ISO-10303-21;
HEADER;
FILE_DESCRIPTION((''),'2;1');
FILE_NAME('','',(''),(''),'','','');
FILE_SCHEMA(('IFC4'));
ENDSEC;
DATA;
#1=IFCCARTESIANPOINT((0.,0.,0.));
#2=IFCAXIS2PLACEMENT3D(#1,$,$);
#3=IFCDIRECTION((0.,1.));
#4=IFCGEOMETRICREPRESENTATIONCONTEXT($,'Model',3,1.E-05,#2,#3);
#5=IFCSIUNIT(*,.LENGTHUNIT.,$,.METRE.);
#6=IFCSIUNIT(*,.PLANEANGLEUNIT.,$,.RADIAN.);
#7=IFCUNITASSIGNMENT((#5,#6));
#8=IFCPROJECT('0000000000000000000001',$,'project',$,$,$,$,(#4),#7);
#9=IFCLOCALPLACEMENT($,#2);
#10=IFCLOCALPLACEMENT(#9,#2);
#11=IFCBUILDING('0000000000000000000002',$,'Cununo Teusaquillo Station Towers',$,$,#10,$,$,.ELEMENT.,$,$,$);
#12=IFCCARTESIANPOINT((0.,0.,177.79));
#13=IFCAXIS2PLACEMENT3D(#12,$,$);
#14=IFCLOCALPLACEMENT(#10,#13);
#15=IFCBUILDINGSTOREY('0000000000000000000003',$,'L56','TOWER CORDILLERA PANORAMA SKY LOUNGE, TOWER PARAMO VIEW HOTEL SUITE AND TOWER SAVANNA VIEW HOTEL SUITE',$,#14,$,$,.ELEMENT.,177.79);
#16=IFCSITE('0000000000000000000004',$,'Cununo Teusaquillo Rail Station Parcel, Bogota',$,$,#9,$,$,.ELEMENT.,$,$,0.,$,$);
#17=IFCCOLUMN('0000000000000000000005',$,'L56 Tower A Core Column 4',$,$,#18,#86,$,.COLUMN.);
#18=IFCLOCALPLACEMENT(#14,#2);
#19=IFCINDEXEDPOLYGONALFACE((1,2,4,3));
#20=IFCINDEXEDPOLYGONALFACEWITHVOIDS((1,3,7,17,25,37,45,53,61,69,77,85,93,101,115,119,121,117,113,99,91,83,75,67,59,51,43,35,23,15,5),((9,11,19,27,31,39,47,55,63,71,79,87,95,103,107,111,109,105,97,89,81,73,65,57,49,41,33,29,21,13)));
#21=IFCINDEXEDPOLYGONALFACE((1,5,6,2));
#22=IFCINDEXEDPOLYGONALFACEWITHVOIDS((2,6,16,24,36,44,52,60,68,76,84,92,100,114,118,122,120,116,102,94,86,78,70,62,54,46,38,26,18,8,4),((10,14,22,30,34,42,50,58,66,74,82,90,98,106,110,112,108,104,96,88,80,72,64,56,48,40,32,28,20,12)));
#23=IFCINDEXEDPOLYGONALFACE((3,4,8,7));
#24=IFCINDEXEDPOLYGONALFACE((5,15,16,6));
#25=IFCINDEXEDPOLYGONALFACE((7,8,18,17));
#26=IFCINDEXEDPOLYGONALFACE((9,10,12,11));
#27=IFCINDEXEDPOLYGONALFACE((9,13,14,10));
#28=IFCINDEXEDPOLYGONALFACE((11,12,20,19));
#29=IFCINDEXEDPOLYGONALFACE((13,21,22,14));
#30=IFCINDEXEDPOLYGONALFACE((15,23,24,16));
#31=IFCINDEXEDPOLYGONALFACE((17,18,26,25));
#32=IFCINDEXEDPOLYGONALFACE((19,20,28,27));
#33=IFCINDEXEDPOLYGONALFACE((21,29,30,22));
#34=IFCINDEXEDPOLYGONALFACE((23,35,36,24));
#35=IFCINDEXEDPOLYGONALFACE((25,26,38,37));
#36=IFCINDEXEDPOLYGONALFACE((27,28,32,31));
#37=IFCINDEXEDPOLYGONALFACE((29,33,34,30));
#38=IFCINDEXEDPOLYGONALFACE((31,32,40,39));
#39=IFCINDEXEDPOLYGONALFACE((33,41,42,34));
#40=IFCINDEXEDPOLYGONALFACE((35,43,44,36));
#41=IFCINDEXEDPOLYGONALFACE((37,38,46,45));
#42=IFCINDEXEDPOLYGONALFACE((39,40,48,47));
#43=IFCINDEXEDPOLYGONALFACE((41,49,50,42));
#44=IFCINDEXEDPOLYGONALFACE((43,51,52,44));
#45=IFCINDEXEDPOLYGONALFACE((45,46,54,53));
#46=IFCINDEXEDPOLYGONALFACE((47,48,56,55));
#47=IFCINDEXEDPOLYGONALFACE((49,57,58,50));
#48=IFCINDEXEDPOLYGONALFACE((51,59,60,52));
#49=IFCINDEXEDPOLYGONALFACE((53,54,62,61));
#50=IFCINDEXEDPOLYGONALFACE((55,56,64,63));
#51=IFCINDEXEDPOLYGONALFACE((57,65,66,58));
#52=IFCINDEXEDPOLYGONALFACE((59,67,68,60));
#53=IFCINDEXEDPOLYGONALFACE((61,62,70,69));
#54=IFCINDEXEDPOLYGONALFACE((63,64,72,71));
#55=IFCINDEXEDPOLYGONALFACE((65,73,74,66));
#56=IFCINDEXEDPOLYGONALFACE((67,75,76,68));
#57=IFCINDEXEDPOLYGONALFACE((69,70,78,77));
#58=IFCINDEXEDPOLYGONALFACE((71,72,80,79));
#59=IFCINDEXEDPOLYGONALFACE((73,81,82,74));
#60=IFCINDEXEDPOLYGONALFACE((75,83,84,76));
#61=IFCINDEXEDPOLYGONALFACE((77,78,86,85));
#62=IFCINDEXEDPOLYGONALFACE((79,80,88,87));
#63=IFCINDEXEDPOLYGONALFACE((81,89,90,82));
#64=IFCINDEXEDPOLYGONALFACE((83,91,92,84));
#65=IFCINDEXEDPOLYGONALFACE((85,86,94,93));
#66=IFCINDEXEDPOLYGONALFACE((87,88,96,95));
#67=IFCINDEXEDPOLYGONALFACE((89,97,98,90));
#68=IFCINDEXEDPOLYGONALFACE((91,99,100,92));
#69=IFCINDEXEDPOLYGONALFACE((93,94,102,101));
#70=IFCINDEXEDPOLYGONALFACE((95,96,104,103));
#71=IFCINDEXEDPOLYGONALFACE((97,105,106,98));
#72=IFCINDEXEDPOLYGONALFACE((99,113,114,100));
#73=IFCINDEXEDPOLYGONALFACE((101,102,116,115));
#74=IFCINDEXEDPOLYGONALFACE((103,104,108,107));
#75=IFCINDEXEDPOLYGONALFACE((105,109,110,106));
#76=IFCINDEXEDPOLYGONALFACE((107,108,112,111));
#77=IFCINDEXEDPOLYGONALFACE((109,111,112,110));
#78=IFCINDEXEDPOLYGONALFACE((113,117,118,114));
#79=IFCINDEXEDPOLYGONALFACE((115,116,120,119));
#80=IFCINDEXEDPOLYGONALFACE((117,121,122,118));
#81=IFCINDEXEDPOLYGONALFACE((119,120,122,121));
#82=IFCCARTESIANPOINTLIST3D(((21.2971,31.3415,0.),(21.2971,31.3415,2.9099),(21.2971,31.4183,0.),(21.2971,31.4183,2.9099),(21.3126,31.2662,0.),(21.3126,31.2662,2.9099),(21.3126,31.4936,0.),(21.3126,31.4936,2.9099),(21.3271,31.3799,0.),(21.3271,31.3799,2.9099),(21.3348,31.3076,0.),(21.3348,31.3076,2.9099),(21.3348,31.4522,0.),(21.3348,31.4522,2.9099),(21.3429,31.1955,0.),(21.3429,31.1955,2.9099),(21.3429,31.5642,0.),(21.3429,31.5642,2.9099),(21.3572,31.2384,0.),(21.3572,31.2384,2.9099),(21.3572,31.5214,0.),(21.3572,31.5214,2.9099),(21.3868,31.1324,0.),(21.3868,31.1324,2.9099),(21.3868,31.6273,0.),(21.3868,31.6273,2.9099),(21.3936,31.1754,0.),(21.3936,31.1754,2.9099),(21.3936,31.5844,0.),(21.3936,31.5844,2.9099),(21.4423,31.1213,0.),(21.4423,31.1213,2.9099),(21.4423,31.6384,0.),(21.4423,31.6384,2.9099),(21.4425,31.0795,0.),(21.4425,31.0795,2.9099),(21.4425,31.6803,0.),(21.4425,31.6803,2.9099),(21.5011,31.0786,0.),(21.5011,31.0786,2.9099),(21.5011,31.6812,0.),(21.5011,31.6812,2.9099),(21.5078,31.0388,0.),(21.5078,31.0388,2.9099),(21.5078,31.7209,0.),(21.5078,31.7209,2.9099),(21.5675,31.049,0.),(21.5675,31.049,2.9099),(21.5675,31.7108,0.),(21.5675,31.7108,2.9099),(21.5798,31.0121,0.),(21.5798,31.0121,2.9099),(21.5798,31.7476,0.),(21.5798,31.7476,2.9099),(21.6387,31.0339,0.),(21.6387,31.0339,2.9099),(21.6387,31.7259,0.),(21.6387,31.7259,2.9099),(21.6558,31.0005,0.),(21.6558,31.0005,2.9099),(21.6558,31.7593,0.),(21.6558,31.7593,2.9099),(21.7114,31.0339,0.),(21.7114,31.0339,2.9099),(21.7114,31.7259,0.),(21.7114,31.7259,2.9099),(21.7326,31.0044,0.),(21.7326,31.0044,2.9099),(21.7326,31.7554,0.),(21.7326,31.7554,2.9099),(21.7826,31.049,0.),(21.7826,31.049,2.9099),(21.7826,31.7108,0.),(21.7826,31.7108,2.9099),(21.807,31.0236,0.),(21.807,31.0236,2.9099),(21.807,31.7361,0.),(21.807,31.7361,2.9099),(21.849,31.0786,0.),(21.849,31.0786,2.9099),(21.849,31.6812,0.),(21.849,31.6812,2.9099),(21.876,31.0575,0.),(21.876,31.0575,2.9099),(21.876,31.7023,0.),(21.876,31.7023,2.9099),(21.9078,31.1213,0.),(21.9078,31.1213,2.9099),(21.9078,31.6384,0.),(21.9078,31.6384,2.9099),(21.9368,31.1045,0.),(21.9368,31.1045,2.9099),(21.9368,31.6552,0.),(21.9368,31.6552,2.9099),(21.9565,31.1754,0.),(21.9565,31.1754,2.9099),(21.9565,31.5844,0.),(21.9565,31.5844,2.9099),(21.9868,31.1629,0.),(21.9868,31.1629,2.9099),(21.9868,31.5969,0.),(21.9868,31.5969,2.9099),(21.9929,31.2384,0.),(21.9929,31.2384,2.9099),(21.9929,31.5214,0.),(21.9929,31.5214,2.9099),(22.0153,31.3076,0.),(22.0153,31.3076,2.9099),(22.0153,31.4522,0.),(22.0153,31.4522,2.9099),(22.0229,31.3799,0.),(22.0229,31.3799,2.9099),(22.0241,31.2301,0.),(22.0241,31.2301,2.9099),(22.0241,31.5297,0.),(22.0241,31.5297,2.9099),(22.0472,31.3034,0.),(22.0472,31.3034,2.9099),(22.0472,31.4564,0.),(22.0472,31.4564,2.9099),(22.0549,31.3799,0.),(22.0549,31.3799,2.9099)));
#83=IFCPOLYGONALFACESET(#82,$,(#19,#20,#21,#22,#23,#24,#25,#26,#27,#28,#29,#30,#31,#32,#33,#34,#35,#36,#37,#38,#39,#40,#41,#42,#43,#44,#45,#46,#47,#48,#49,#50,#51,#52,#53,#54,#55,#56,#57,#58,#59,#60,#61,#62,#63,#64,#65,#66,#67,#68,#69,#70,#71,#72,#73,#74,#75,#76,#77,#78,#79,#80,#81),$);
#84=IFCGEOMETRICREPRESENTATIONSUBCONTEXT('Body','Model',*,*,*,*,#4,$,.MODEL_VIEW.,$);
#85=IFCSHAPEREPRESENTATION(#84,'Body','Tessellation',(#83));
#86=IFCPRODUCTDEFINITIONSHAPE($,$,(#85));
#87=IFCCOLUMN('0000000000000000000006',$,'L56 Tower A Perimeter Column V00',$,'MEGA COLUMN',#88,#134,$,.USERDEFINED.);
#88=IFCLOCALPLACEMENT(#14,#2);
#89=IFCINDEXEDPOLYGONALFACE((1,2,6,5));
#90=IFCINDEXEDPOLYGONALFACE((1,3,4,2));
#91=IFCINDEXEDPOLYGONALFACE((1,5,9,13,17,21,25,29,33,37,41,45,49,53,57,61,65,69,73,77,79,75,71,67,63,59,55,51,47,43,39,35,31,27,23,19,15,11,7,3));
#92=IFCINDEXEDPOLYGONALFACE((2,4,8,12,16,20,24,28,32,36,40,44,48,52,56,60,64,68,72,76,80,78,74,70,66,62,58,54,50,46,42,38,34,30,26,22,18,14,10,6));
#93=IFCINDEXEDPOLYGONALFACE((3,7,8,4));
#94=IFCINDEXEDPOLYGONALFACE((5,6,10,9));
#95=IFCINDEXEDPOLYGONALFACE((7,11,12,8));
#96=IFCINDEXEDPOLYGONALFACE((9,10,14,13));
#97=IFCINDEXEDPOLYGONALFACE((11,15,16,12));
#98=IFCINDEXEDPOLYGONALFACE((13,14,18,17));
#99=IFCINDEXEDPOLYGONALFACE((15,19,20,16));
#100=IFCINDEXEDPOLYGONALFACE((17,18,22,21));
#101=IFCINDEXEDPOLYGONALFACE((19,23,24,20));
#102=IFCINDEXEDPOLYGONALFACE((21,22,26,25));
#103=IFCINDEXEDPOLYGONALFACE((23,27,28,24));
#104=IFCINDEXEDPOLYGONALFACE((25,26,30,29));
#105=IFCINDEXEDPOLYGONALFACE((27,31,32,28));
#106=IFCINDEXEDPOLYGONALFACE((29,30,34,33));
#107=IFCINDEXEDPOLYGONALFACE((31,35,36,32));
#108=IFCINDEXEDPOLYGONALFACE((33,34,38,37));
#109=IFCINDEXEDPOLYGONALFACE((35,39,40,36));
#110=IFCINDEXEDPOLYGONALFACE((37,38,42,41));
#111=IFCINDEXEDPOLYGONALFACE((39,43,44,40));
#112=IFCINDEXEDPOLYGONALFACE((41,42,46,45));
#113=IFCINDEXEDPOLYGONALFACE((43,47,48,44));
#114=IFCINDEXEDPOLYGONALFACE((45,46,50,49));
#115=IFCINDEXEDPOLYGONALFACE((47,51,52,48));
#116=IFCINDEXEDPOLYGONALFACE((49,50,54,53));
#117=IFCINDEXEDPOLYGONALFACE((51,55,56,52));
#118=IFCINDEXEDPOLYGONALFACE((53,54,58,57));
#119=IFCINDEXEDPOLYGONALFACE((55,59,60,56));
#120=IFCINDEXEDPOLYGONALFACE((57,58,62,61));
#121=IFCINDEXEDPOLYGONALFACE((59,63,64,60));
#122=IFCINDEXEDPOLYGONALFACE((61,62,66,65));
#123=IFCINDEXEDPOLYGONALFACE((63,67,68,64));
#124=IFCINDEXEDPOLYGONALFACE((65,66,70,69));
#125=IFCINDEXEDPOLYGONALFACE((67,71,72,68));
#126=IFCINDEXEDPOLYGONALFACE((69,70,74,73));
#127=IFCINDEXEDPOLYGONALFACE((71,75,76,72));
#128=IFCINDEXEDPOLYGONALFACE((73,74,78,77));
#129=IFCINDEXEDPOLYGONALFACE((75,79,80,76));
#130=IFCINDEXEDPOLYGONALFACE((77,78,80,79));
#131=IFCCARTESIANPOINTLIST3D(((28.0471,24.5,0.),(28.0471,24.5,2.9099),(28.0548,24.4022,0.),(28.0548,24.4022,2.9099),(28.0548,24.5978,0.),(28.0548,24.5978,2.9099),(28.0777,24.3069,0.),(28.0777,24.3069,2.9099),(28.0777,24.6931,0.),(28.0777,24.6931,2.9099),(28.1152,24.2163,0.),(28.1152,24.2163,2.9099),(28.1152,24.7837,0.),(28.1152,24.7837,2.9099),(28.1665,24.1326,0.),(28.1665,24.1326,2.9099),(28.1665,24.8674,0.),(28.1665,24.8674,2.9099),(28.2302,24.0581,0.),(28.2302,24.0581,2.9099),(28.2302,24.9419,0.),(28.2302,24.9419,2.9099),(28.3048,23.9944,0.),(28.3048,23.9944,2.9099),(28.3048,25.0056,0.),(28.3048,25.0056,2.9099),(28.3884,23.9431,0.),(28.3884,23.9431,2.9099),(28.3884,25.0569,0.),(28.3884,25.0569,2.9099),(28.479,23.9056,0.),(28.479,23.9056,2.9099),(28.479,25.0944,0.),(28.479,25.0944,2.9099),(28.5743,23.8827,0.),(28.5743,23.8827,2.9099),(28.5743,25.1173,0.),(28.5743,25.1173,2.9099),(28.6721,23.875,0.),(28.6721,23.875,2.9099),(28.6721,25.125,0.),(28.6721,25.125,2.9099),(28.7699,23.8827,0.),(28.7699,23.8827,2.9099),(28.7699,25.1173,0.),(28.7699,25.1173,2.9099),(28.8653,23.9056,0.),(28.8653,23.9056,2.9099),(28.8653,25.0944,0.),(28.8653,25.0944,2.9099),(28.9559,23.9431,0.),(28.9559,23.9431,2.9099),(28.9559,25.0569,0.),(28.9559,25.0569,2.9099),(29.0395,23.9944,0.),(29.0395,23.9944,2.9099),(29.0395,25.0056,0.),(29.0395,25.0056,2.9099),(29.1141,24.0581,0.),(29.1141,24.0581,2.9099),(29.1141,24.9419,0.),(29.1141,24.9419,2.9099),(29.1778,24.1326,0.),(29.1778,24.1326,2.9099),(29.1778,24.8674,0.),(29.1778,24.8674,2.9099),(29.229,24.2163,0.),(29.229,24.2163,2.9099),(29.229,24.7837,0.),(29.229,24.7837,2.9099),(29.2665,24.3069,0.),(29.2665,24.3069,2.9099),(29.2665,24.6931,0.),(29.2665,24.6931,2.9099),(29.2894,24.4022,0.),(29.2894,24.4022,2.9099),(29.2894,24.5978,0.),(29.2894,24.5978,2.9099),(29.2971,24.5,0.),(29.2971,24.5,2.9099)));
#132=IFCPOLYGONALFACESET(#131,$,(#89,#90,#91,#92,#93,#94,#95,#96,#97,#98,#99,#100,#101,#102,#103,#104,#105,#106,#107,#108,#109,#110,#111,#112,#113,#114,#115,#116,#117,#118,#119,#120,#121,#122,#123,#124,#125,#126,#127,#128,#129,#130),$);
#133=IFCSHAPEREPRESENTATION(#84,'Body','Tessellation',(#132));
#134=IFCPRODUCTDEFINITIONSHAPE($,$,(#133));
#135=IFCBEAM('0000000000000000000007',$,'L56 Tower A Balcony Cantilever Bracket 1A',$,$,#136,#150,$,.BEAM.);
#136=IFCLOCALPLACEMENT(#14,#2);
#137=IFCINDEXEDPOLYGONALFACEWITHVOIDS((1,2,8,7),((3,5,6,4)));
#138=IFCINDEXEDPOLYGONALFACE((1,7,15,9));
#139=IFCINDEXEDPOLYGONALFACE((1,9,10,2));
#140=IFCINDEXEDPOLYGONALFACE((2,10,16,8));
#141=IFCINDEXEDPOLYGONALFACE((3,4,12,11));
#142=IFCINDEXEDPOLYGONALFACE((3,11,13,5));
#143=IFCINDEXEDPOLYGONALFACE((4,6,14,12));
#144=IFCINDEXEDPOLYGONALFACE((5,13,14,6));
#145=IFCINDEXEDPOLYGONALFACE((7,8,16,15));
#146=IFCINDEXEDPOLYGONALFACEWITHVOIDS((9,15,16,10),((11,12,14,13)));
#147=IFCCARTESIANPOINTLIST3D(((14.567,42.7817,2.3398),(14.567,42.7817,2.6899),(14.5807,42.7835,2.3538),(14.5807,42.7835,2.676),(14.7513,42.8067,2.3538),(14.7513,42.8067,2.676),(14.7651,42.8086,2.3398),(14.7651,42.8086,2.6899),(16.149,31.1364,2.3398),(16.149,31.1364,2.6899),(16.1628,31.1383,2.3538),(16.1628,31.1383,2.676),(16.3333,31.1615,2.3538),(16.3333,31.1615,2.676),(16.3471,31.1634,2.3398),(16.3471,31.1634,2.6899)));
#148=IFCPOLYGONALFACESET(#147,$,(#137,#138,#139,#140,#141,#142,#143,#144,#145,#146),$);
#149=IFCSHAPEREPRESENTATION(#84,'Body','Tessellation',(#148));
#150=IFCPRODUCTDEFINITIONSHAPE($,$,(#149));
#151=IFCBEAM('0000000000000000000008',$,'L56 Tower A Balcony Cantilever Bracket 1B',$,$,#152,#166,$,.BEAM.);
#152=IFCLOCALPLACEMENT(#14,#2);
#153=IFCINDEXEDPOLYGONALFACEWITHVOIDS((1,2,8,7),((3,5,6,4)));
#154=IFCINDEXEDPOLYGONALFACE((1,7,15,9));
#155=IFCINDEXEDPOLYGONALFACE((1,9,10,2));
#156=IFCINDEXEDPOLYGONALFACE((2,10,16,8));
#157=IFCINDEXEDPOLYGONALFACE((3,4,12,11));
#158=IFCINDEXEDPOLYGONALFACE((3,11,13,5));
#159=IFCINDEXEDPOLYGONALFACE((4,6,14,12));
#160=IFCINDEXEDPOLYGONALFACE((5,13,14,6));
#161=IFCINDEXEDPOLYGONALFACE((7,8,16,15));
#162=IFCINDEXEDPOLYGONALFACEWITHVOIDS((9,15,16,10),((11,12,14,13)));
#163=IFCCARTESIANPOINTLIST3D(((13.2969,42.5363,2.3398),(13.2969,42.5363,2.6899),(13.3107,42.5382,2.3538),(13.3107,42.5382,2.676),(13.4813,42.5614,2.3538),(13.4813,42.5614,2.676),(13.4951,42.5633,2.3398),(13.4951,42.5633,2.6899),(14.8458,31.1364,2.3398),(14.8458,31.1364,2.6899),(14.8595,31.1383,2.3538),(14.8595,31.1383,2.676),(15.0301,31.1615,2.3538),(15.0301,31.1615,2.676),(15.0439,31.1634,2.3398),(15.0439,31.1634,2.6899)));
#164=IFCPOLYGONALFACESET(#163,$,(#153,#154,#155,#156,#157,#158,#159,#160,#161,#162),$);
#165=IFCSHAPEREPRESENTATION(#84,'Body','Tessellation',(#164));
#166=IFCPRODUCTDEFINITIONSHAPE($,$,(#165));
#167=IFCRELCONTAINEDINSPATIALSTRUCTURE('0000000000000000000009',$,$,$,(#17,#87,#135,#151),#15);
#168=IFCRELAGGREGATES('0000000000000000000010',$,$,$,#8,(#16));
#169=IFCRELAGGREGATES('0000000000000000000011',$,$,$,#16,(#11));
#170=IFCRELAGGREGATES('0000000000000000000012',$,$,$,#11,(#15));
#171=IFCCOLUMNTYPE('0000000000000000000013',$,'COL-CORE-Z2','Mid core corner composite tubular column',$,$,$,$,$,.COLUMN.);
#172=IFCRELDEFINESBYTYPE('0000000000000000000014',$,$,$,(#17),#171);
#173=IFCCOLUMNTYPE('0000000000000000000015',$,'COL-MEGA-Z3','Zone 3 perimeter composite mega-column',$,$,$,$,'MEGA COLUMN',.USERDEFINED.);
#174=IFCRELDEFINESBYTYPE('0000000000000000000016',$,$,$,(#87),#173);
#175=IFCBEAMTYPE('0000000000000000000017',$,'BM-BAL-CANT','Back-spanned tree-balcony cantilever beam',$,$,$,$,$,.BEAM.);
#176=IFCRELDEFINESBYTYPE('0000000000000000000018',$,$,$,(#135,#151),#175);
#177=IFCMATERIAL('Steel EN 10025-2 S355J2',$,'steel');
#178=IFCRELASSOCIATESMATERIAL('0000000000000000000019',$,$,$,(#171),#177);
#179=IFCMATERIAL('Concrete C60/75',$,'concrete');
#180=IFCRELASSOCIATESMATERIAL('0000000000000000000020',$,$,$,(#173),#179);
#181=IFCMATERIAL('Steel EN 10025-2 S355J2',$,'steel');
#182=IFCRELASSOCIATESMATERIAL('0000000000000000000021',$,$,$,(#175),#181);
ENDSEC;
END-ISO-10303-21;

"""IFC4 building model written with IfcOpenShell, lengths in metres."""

from ifc_helpers import new_model, si_unit, direction, frame, origin, origin_2d, place, context, subcontext, project, spatial, hollow_rectangle, circle, hollow_circle, extrude, material, material_profile, profile_set, type_object, element, save


model = new_model("IFC4")

# Units and contexts
model_context = context("Model", 3, precision=1e-05, world=origin(), true_north=direction((0.0, 1.0)))
body_context = subcontext(model_context, "Body", "Model", "MODEL_VIEW")
ifc_project = project(units=[si_unit("LENGTHUNIT", "METRE"), si_unit("PLANEANGLEUNIT", "RADIAN")], contexts=[model_context])

# Site, building, storey
site_placement = place(None, origin())
site = spatial("IfcSite", under=ifc_project, at=site_placement, Name="Cununo Teusaquillo Rail Station Parcel, Bogota", CompositionType="ELEMENT", RefElevation=0.0)
building_placement = place(site_placement, origin())
building = spatial("IfcBuilding", under=site, at=building_placement, Name="Cununo Teusaquillo Station Towers", CompositionType="ELEMENT")
storey_placement = place(building_placement, frame((0.0, 0.0, 177.79)))
storey = spatial("IfcBuildingStorey", under=building, at=storey_placement, Name="L56", Description="TOWER CORDILLERA PANORAMA SKY LOUNGE, TOWER PARAMO VIEW HOTEL SUITE AND TOWER SAVANNA VIEW HOTEL SUITE", CompositionType="ELEMENT", Elevation=177.79)

# Columns
ifc_material_1 = material(Name="Steel EN 10025-2 S355J2", Category="steel")
ifc_material_profile_1 = material_profile(ifc_material_1, hollow_circle(Radius=0.3799, WallThickness=0.032, at=origin_2d()), Name="CHS 760x32")
ifc_profile_set_1 = profile_set([ifc_material_profile_1], Name="Steel EN 10025-2 S355J2")
column_type_1 = type_object("IfcColumnType", Name="COL-CORE-Z2", Description="Mid core corner composite tubular column", PredefinedType="COLUMN", material=ifc_profile_set_1)
column_1_placement = place(storey_placement, frame((21.675, 31.3799, 0.0), z_axis=(0.0, 0.0, 1.0), x_axis=(1.0, 0.0, 0.0)))
element("IfcColumn", 1, at=column_1_placement, inside=storey, type_object=column_type_1, Name="L56 Tower A Core Column 4", PredefinedType="COLUMN", context=body_context, shape_type="SweptSolid", body=[
    extrude(hollow_circle(Radius=0.3799, WallThickness=0.032, at=origin_2d()), origin(), (0.0, 0.0, 1.0), 2.9099),
])
ifc_material_2 = material(Name="Concrete C60/75", Category="concrete")
ifc_material_profile_2 = material_profile(ifc_material_2, circle(Radius=0.625, at=origin_2d()), Name="RC-CIRC-1250")
ifc_profile_set_2 = profile_set([ifc_material_profile_2], Name="Concrete C60/75")
column_type_2 = type_object("IfcColumnType", Name="COL-MEGA-Z3", Description="Zone 3 perimeter composite mega-column", ElementType="MEGA COLUMN", PredefinedType="USERDEFINED", material=ifc_profile_set_2)
column_2_placement = place(storey_placement, frame((28.6721, 24.5, 0.0), z_axis=(0.0, 0.0, 1.0), x_axis=(1.0, 0.0, 0.0)))
element("IfcColumn", 2, at=column_2_placement, inside=storey, type_object=column_type_2, Name="L56 Tower A Perimeter Column V00", ObjectType="MEGA COLUMN", PredefinedType="USERDEFINED", context=body_context, shape_type="SweptSolid", body=[
    extrude(circle(Radius=0.625, at=origin_2d()), origin(), (0.0, 0.0, 1.0), 2.9099),
])

# Beams
ifc_material_3 = material(Name="Steel EN 10025-2 S355J2", Category="steel")
ifc_material_profile_3 = material_profile(ifc_material_3, hollow_rectangle(XDim=0.2, YDim=0.3501, WallThickness=0.0139, at=origin_2d()), Name="RHS 350x200x14")
ifc_profile_set_3 = profile_set([ifc_material_profile_3], Name="Steel EN 10025-2 S355J2")
beam_type_1 = type_object("IfcBeamType", Name="BM-BAL-CANT", Description="Back-spanned tree-balcony cantilever beam", PredefinedType="BEAM", material=ifc_profile_set_3)
beam_1_placement = place(storey_placement, frame((16.248, 31.1499, 2.5149), z_axis=(-0.134615, 0.990898, 0.0), x_axis=(-0.990898, -0.134615, 0.0)))
element("IfcBeam", 3, at=beam_1_placement, inside=storey, type_object=beam_type_1, Name="L56 Tower A Balcony Cantilever Bracket 1A", PredefinedType="BEAM", context=body_context, shape_type="SweptSolid", body=[
    extrude(hollow_rectangle(XDim=0.2, YDim=0.3501, WallThickness=0.0139, at=origin_2d()), origin(), (0.0, 0.0, 1.0), 11.7522),
])
beam_2_placement = place(storey_placement, frame((14.9448, 31.1499, 2.5149), z_axis=(-0.134626, 0.990896, 0.0), x_axis=(-0.990896, -0.134626, 0.0)))
element("IfcBeam", 4, at=beam_2_placement, inside=storey, type_object=beam_type_1, Name="L56 Tower A Balcony Cantilever Bracket 1B", PredefinedType="BEAM", context=body_context, shape_type="SweptSolid", body=[
    extrude(hollow_rectangle(XDim=0.2, YDim=0.3501, WallThickness=0.0139, at=origin_2d()), origin(), (0.0, 0.0, 1.0), 11.5046),
])

save(model, "model.ifc")
